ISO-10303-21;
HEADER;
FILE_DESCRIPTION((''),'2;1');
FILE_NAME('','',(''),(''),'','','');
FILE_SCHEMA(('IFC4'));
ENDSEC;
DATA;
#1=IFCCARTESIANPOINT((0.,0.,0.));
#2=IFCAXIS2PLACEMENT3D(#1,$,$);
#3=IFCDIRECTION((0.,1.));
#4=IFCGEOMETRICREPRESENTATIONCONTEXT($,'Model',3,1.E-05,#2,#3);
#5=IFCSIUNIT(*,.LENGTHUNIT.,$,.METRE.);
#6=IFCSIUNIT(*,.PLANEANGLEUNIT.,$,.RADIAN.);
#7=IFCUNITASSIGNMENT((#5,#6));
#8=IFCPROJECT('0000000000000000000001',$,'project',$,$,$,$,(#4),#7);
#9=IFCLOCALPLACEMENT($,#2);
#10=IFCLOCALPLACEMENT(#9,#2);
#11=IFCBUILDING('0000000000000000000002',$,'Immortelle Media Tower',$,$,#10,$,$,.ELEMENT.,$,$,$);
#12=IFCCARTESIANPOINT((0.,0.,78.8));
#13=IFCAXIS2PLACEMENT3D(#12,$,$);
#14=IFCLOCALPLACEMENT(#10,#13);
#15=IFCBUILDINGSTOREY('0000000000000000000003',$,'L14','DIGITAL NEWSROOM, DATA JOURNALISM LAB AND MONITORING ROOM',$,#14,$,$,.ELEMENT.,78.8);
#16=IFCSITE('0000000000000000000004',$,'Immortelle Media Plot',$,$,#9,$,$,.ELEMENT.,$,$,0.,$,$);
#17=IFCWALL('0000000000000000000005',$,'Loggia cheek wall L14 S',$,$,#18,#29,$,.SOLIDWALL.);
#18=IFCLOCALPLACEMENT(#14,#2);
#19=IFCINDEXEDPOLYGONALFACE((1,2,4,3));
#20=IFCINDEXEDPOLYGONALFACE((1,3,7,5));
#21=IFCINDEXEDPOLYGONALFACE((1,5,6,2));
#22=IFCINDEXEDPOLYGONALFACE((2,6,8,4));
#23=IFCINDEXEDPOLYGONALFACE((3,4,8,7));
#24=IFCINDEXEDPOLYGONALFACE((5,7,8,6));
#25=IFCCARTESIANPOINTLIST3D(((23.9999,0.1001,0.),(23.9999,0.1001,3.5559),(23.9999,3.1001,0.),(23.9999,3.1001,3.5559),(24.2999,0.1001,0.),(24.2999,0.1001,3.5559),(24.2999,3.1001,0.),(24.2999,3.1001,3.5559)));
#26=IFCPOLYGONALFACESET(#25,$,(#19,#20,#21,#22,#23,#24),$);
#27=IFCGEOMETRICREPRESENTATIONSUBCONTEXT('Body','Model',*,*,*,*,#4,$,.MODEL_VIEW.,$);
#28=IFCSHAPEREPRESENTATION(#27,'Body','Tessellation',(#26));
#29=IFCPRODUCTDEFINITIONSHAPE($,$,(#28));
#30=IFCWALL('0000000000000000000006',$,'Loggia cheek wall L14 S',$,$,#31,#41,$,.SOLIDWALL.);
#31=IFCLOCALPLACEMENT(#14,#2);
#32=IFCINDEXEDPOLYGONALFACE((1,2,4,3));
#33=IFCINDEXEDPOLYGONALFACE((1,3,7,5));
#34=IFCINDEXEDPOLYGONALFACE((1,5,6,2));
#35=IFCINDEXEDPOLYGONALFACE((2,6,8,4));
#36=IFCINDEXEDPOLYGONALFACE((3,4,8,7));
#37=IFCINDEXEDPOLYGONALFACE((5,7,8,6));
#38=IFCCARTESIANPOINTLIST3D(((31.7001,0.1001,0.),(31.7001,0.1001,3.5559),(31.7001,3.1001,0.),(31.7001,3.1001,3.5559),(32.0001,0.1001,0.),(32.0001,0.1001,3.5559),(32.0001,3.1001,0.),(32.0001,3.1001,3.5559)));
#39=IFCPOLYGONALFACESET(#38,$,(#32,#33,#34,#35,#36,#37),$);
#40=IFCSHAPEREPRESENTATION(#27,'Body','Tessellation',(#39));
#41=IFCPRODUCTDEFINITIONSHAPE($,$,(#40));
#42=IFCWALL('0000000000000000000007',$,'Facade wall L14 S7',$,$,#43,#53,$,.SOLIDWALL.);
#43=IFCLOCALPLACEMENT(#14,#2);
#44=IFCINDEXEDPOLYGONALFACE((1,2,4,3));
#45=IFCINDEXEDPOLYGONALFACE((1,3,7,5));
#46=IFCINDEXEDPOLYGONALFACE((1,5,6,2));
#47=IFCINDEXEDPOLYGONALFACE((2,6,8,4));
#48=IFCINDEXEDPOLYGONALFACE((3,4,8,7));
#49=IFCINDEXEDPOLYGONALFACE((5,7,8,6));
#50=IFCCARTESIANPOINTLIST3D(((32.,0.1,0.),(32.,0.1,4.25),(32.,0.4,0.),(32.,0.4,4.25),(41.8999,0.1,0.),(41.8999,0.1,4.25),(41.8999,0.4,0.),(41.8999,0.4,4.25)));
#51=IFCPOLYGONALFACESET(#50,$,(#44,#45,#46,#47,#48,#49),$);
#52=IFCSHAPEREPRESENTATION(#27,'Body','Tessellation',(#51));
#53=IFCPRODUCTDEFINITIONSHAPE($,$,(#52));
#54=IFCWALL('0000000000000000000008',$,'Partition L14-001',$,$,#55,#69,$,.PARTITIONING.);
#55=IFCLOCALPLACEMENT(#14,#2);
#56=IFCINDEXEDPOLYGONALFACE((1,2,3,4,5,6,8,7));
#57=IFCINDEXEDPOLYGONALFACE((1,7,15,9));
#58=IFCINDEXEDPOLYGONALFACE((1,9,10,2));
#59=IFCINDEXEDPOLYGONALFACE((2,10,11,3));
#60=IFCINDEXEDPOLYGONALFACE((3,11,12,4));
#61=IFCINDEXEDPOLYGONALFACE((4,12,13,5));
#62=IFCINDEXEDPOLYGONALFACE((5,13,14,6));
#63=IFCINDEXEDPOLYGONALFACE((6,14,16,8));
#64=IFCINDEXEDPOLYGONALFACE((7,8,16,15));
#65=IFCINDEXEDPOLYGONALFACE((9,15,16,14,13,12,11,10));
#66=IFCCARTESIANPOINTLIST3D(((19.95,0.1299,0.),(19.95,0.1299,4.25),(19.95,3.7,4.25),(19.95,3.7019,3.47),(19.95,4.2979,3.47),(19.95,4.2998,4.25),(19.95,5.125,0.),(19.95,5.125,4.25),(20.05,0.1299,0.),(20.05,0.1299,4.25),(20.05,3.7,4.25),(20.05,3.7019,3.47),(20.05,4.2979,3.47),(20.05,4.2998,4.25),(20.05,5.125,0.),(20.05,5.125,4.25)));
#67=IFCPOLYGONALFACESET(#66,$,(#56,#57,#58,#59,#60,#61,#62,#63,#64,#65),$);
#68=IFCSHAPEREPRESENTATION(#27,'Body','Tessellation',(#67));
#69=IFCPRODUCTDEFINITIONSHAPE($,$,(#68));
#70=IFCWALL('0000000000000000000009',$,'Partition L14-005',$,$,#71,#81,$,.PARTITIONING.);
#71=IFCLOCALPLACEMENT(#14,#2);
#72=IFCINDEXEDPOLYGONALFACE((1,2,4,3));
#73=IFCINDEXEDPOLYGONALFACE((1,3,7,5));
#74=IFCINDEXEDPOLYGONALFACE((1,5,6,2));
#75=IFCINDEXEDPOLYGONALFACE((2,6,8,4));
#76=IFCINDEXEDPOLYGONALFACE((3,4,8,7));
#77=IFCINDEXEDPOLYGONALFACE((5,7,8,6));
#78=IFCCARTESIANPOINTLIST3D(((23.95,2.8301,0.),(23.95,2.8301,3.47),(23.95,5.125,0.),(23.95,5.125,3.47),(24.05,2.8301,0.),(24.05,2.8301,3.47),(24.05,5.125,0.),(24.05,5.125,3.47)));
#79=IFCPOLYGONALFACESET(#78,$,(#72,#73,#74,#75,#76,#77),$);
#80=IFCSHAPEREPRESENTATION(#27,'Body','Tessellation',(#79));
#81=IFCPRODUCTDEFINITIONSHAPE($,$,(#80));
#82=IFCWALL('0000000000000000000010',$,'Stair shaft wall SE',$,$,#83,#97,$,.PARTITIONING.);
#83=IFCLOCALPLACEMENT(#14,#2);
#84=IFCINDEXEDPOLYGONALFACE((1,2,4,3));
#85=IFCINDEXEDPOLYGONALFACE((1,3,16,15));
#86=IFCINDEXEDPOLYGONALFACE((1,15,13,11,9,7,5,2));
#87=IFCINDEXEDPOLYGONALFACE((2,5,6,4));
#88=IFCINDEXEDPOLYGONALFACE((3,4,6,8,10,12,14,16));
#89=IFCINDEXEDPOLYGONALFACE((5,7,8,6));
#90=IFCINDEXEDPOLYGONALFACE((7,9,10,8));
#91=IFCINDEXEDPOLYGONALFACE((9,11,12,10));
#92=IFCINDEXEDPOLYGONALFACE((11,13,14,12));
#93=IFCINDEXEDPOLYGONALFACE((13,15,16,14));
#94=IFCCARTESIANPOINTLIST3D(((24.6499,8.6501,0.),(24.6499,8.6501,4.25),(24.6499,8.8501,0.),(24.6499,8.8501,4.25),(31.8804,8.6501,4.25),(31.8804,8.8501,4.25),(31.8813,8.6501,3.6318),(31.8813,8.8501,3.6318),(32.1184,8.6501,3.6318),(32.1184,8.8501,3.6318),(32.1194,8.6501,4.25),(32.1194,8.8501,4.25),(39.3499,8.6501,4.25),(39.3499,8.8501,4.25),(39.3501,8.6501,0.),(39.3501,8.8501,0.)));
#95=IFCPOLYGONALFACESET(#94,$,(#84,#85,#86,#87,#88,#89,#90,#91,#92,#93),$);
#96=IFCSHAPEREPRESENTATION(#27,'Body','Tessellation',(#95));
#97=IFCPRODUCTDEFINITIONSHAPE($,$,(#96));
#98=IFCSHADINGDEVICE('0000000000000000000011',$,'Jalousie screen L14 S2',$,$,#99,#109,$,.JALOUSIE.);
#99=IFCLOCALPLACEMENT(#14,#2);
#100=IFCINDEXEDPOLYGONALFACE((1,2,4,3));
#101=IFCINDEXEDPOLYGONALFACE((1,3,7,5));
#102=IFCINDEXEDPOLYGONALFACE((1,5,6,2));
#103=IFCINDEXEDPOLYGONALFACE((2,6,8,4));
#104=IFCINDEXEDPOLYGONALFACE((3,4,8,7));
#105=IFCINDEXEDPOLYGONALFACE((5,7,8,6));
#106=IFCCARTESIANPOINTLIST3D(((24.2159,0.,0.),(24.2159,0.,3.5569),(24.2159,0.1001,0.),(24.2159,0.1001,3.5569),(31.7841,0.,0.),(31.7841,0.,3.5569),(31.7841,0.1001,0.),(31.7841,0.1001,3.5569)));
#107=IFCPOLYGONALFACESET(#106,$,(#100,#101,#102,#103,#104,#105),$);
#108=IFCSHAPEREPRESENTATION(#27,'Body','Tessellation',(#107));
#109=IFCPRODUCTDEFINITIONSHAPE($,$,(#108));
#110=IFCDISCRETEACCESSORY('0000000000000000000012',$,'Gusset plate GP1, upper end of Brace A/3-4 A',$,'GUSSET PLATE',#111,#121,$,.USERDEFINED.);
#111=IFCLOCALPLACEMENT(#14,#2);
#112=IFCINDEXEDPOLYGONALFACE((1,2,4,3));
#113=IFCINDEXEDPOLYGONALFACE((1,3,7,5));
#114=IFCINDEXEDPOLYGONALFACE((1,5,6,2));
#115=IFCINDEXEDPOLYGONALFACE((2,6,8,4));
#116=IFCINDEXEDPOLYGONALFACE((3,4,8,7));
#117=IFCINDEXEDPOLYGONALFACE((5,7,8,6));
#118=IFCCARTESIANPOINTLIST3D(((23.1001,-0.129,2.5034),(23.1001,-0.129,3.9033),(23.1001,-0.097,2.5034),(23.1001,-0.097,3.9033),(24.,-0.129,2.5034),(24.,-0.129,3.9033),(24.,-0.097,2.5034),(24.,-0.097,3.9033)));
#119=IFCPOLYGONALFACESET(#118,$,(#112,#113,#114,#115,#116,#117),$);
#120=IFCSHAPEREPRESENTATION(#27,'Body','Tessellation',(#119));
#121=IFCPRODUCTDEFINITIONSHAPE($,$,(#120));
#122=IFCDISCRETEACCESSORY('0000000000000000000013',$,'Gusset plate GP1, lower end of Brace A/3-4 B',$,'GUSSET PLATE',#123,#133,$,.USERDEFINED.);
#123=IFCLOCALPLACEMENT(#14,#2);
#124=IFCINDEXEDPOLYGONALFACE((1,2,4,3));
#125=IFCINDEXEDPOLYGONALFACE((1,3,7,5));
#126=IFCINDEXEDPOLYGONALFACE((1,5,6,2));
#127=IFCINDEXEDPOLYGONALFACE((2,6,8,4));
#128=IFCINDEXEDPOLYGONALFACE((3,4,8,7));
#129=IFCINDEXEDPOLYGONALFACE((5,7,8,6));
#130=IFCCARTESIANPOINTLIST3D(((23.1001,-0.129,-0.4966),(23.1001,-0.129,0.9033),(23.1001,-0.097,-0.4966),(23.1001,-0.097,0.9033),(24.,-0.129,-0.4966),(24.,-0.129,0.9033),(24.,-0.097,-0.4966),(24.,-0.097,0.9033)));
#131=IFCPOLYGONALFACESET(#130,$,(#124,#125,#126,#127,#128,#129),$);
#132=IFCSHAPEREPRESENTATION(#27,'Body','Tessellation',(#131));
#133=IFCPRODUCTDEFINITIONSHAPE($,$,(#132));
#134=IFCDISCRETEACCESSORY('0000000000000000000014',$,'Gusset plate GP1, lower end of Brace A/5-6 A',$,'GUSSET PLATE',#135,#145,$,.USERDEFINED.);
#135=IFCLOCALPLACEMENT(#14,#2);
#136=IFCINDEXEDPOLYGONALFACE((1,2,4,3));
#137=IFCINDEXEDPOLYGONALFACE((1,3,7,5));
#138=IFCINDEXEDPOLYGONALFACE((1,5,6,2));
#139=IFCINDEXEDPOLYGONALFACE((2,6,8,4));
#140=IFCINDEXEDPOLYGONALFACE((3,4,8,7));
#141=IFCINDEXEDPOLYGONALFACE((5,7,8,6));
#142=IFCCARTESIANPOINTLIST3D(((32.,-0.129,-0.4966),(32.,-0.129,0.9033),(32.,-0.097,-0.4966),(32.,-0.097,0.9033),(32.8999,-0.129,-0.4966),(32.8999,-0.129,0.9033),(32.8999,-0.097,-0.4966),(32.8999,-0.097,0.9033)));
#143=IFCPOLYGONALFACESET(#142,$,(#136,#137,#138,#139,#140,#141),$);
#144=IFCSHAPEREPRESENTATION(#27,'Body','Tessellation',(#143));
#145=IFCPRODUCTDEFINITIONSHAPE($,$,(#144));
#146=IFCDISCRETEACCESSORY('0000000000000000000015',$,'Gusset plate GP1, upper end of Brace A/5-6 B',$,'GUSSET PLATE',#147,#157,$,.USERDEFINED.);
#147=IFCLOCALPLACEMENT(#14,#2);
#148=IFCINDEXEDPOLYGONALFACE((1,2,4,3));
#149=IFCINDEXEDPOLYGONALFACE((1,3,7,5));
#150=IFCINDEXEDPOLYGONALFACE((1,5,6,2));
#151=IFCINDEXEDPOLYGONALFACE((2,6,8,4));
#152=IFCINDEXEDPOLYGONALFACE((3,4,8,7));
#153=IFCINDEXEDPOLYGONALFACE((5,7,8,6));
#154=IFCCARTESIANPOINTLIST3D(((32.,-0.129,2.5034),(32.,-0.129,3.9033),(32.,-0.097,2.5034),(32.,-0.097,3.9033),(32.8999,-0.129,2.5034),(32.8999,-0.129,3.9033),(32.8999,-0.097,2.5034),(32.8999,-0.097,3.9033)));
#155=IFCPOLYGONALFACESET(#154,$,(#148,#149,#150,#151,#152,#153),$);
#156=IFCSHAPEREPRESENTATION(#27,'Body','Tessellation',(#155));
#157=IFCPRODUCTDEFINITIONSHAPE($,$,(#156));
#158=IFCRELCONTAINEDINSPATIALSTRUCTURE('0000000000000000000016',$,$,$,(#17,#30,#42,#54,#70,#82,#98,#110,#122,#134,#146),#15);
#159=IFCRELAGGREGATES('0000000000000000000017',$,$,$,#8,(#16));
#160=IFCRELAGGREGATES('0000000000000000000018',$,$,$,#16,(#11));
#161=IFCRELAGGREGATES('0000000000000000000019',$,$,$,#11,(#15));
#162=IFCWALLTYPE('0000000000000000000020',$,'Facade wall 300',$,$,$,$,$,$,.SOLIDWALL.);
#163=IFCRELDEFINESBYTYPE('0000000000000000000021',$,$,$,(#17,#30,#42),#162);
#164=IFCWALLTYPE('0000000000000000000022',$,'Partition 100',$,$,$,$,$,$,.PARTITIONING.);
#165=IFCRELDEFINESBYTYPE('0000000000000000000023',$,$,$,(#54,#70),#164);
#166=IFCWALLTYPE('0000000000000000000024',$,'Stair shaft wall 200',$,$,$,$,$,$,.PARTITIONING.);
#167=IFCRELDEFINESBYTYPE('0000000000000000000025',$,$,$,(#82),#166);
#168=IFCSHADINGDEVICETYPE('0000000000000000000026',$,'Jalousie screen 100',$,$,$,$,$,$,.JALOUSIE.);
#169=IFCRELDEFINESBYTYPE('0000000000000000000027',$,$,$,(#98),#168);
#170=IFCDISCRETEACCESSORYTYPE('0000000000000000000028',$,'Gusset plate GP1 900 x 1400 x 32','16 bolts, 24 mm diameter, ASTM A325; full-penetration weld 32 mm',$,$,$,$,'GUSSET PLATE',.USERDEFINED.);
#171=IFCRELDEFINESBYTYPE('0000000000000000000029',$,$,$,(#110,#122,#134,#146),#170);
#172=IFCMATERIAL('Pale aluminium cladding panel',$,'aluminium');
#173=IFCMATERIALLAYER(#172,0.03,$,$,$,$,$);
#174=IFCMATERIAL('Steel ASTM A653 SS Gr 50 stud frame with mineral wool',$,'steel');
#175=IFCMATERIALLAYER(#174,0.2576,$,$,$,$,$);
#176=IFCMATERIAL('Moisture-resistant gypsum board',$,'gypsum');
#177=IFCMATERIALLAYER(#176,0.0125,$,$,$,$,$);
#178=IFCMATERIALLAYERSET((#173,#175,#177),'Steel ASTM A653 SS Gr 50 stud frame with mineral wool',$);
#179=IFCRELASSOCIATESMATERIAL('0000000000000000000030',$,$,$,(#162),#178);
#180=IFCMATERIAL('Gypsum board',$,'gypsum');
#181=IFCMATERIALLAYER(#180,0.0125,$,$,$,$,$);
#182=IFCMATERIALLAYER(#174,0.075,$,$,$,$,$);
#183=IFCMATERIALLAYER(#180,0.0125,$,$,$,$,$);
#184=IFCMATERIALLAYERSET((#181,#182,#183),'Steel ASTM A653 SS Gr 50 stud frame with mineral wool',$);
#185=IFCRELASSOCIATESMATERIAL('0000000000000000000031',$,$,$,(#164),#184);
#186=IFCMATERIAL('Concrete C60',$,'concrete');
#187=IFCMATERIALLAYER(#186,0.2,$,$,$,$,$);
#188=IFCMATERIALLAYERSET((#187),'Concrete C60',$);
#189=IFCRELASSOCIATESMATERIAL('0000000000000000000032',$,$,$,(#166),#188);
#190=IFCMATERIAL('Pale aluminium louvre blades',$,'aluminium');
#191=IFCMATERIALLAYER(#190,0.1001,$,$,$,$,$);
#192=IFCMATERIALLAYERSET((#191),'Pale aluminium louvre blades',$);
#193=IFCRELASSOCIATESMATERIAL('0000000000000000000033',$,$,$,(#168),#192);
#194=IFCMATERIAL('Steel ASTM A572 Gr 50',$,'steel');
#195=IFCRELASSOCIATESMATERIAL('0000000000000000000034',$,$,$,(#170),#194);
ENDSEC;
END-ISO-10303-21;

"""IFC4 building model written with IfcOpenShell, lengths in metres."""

from ifc_helpers import new_model, si_unit, direction, frame, frame_2d, origin, origin_2d, place, context, subcontext, project, spatial, polyline, rectangle, outline, extrude, material, layer, layer_set, material_profile, profile_set, type_object, element, save


model = new_model("IFC4")

# Units and contexts
model_context = context("Model", 3, precision=1e-05, world=origin(), true_north=direction((0.0, 1.0)))
body_context = subcontext(model_context, "Body", "Model", "MODEL_VIEW")
ifc_project = project(units=[si_unit("LENGTHUNIT", "METRE"), si_unit("PLANEANGLEUNIT", "RADIAN")], contexts=[model_context])

# Site, building, storey
site_placement = place(None, origin())
site = spatial("IfcSite", under=ifc_project, at=site_placement, Name="Immortelle Media Plot", CompositionType="ELEMENT", RefElevation=0.0)
building_placement = place(site_placement, origin())
building = spatial("IfcBuilding", under=site, at=building_placement, Name="Immortelle Media Tower", CompositionType="ELEMENT")
storey_placement = place(building_placement, frame((0.0, 0.0, 78.8)))
storey = spatial("IfcBuildingStorey", under=building, at=storey_placement, Name="L14", Description="DIGITAL NEWSROOM, DATA JOURNALISM LAB AND MONITORING ROOM", CompositionType="ELEMENT", Elevation=78.8)

# Shared definitions
ifc_material_1 = material(Name="Steel ASTM A653 SS Gr 50 stud frame with mineral wool", Category="steel")

# Shared definitions
ifc_material_2 = material(Name="Pale aluminium cladding panel", Category="aluminium")
ifc_layer_1 = layer(ifc_material_2, 0.03)
ifc_layer_2 = layer(ifc_material_1, 0.2576)
ifc_material_3 = material(Name="Moisture-resistant gypsum board", Category="gypsum")
ifc_layer_3 = layer(ifc_material_3, 0.0125)
ifc_layer_set_1 = layer_set([ifc_layer_1, ifc_layer_2, ifc_layer_3], Name="Steel ASTM A653 SS Gr 50 stud frame with mineral wool")
wall_type_1 = type_object("IfcWallType", Name="Facade wall 300", PredefinedType="SOLIDWALL", material=ifc_layer_set_1)

# Walls
for number, where, z_axis, x_axis, name in (
    (1, (24.1499, 0.1001, 0.0), (0.0, 0.0, 1.0), (0.0, 1.0, 0.0), "Loggia cheek wall L14 S"),
    (2, (31.8501, 0.1001, 0.0), (0.0, 0.0, 1.0), (0.0, 1.0, 0.0), "Loggia cheek wall L14 S"),
):
    element("IfcWall", number, at=place(storey_placement, frame(where, z_axis=z_axis, x_axis=x_axis)), inside=storey, type_object=wall_type_1, Name=name, PredefinedType="SOLIDWALL", context=body_context, shape_type="SweptSolid", body=[
        extrude(rectangle(XDim=3.0, YDim=0.3, at=frame_2d((1.5, 0.0))), origin(), (0.0, 0.0, 1.0), 3.5559),
    ])
wall_1_placement = place(storey_placement, frame((32.0, 0.25, 0.0), z_axis=(0.0, 0.0, 1.0), x_axis=(1.0, 0.0, 0.0)))
element("IfcWall", 3, at=wall_1_placement, inside=storey, type_object=wall_type_1, Name="Facade wall L14 S7", PredefinedType="SOLIDWALL", context=body_context, shape_type="SweptSolid", body=[
    extrude(rectangle(XDim=9.8999, YDim=0.3, at=frame_2d((4.95, 0.0))), origin(), (0.0, 0.0, 1.0), 4.25),
])
ifc_material_4 = material(Name="Gypsum board", Category="gypsum")
ifc_layer_4 = layer(ifc_material_4, 0.0125)
ifc_layer_5 = layer(ifc_material_1, 0.075)
ifc_layer_6 = layer(ifc_material_4, 0.0125)
ifc_layer_set_2 = layer_set([ifc_layer_4, ifc_layer_5, ifc_layer_6], Name="Steel ASTM A653 SS Gr 50 stud frame with mineral wool")
wall_type_2 = type_object("IfcWallType", Name="Partition 100", PredefinedType="PARTITIONING", material=ifc_layer_set_2)
wall_2_placement = place(storey_placement, frame((20.0, 0.1299, 0.0), z_axis=(0.0, 0.0, 1.0), x_axis=(0.0, 1.0, 0.0)))
element("IfcWall", 4, at=wall_2_placement, inside=storey, type_object=wall_type_2, Name="Partition L14-001", PredefinedType="PARTITIONING", context=body_context, shape_type="SweptSolid", body=[
    extrude(outline(polyline([(0.0, 0.0), (4.9951, 0.0), (4.9951, 4.25), (4.1699, 4.25), (4.168, 3.47), (3.572, 3.47), (3.5701, 4.25), (0.0, 4.25), (0.0, 0.0)])), frame((0.0, 0.05, 0.0), z_axis=(0.0, -1.0, 0.0), x_axis=(1.0, 0.0, 0.0)), (0.0, 0.0, 1.0), 0.1001),
])
wall_3_placement = place(storey_placement, frame((24.0, 2.8301, 0.0), z_axis=(0.0, 0.0, 1.0), x_axis=(0.0, 1.0, 0.0)))
element("IfcWall", 5, at=wall_3_placement, inside=storey, type_object=wall_type_2, Name="Partition L14-005", PredefinedType="PARTITIONING", context=body_context, shape_type="SweptSolid", body=[
    extrude(rectangle(XDim=2.2949, YDim=0.1001, at=frame_2d((1.1475, 0.0))), origin(), (0.0, 0.0, 1.0), 3.47),
])
ifc_material_5 = material(Name="Concrete C60", Category="concrete")
ifc_layer_7 = layer(ifc_material_5, 0.2)
ifc_layer_set_3 = layer_set([ifc_layer_7], Name="Concrete C60")
wall_type_3 = type_object("IfcWallType", Name="Stair shaft wall 200", PredefinedType="PARTITIONING", material=ifc_layer_set_3)
wall_4_placement = place(storey_placement, frame((24.6499, 8.75, 0.0), z_axis=(0.0, 0.0, 1.0), x_axis=(1.0, 0.0, 0.0)))
element("IfcWall", 6, at=wall_4_placement, inside=storey, type_object=wall_type_3, Name="Stair shaft wall SE", PredefinedType="PARTITIONING", context=body_context, shape_type="SweptSolid", body=[
    extrude(outline(polyline([(0.0, 0.0), (14.7002, 0.0), (14.7, 4.25), (7.4695, 4.25), (7.4685, 3.6318), (7.2314, 3.6318), (7.2305, 4.25), (0.0, 4.25), (0.0, 0.0)])), frame((0.0, 0.1001, 0.0), z_axis=(0.0, -1.0, 0.0), x_axis=(1.0, 0.0, 0.0)), (0.0, 0.0, 1.0), 0.2),
])

# Shading device
ifc_material_6 = material(Name="Pale aluminium louvre blades", Category="aluminium")
ifc_layer_8 = layer(ifc_material_6, 0.1001)
ifc_layer_set_4 = layer_set([ifc_layer_8], Name="Pale aluminium louvre blades")
shading_device_type = type_object("IfcShadingDeviceType", Name="Jalousie screen 100", PredefinedType="JALOUSIE", material=ifc_layer_set_4)
shading_device_placement = place(storey_placement, frame((28.0, 0.05, 0.0), z_axis=(0.0, 0.0, 1.0), x_axis=(1.0, 0.0, 0.0)))
element("IfcShadingDevice", 7, at=shading_device_placement, inside=storey, type_object=shading_device_type, Name="Jalousie screen L14 S2", PredefinedType="JALOUSIE", context=body_context, shape_type="SweptSolid", body=[
    extrude(rectangle(XDim=7.5681, YDim=0.1001, at=origin_2d()), origin(), (0.0, 0.0, 1.0), 3.5569),
])

# Discrete accessories
ifc_material_7 = material(Name="Steel ASTM A572 Gr 50", Category="steel")
ifc_material_profile_1 = material_profile(ifc_material_7, rectangle(XDim=0.032, YDim=1.3999, at=origin_2d()), Name="PL 32 x 1400")
ifc_profile_set_1 = profile_set([ifc_material_profile_1], Name="Steel ASTM A572 Gr 50")
discrete_accessory_type = type_object("IfcDiscreteAccessoryType", Name="Gusset plate GP1 900 x 1400 x 32", Description="16 bolts, 24 mm diameter, ASTM A325; full-penetration weld 32 mm", ElementType="GUSSET PLATE", PredefinedType="USERDEFINED", material=ifc_profile_set_1)
for number, where, z_axis, x_axis, name in (
    (8, (24.0, -0.113, 3.2034), (-1.0, 0.0, 0.0), (0.0, -1.0, 0.0), "Gusset plate GP1, upper end of Brace A/3-4 A"),
    (9, (24.0, -0.113, 0.2034), (-1.0, 0.0, 0.0), (0.0, -1.0, 0.0), "Gusset plate GP1, lower end of Brace A/3-4 B"),
    (10, (32.0, -0.113, 0.2034), (1.0, 0.0, 0.0), (0.0, 1.0, 0.0), "Gusset plate GP1, lower end of Brace A/5-6 A"),
    (11, (32.0, -0.113, 3.2034), (1.0, 0.0, 0.0), (0.0, 1.0, 0.0), "Gusset plate GP1, upper end of Brace A/5-6 B"),
):
    element("IfcDiscreteAccessory", number, at=place(storey_placement, frame(where, z_axis=z_axis, x_axis=x_axis)), inside=storey, type_object=discrete_accessory_type, Name=name, ObjectType="GUSSET PLATE", PredefinedType="USERDEFINED", context=body_context, shape_type="SweptSolid", body=[
        extrude(rectangle(XDim=0.032, YDim=1.3999, at=origin_2d()), origin(), (0.0, 0.0, 1.0), 0.8999),
    ])

save(model, "model.ifc")
